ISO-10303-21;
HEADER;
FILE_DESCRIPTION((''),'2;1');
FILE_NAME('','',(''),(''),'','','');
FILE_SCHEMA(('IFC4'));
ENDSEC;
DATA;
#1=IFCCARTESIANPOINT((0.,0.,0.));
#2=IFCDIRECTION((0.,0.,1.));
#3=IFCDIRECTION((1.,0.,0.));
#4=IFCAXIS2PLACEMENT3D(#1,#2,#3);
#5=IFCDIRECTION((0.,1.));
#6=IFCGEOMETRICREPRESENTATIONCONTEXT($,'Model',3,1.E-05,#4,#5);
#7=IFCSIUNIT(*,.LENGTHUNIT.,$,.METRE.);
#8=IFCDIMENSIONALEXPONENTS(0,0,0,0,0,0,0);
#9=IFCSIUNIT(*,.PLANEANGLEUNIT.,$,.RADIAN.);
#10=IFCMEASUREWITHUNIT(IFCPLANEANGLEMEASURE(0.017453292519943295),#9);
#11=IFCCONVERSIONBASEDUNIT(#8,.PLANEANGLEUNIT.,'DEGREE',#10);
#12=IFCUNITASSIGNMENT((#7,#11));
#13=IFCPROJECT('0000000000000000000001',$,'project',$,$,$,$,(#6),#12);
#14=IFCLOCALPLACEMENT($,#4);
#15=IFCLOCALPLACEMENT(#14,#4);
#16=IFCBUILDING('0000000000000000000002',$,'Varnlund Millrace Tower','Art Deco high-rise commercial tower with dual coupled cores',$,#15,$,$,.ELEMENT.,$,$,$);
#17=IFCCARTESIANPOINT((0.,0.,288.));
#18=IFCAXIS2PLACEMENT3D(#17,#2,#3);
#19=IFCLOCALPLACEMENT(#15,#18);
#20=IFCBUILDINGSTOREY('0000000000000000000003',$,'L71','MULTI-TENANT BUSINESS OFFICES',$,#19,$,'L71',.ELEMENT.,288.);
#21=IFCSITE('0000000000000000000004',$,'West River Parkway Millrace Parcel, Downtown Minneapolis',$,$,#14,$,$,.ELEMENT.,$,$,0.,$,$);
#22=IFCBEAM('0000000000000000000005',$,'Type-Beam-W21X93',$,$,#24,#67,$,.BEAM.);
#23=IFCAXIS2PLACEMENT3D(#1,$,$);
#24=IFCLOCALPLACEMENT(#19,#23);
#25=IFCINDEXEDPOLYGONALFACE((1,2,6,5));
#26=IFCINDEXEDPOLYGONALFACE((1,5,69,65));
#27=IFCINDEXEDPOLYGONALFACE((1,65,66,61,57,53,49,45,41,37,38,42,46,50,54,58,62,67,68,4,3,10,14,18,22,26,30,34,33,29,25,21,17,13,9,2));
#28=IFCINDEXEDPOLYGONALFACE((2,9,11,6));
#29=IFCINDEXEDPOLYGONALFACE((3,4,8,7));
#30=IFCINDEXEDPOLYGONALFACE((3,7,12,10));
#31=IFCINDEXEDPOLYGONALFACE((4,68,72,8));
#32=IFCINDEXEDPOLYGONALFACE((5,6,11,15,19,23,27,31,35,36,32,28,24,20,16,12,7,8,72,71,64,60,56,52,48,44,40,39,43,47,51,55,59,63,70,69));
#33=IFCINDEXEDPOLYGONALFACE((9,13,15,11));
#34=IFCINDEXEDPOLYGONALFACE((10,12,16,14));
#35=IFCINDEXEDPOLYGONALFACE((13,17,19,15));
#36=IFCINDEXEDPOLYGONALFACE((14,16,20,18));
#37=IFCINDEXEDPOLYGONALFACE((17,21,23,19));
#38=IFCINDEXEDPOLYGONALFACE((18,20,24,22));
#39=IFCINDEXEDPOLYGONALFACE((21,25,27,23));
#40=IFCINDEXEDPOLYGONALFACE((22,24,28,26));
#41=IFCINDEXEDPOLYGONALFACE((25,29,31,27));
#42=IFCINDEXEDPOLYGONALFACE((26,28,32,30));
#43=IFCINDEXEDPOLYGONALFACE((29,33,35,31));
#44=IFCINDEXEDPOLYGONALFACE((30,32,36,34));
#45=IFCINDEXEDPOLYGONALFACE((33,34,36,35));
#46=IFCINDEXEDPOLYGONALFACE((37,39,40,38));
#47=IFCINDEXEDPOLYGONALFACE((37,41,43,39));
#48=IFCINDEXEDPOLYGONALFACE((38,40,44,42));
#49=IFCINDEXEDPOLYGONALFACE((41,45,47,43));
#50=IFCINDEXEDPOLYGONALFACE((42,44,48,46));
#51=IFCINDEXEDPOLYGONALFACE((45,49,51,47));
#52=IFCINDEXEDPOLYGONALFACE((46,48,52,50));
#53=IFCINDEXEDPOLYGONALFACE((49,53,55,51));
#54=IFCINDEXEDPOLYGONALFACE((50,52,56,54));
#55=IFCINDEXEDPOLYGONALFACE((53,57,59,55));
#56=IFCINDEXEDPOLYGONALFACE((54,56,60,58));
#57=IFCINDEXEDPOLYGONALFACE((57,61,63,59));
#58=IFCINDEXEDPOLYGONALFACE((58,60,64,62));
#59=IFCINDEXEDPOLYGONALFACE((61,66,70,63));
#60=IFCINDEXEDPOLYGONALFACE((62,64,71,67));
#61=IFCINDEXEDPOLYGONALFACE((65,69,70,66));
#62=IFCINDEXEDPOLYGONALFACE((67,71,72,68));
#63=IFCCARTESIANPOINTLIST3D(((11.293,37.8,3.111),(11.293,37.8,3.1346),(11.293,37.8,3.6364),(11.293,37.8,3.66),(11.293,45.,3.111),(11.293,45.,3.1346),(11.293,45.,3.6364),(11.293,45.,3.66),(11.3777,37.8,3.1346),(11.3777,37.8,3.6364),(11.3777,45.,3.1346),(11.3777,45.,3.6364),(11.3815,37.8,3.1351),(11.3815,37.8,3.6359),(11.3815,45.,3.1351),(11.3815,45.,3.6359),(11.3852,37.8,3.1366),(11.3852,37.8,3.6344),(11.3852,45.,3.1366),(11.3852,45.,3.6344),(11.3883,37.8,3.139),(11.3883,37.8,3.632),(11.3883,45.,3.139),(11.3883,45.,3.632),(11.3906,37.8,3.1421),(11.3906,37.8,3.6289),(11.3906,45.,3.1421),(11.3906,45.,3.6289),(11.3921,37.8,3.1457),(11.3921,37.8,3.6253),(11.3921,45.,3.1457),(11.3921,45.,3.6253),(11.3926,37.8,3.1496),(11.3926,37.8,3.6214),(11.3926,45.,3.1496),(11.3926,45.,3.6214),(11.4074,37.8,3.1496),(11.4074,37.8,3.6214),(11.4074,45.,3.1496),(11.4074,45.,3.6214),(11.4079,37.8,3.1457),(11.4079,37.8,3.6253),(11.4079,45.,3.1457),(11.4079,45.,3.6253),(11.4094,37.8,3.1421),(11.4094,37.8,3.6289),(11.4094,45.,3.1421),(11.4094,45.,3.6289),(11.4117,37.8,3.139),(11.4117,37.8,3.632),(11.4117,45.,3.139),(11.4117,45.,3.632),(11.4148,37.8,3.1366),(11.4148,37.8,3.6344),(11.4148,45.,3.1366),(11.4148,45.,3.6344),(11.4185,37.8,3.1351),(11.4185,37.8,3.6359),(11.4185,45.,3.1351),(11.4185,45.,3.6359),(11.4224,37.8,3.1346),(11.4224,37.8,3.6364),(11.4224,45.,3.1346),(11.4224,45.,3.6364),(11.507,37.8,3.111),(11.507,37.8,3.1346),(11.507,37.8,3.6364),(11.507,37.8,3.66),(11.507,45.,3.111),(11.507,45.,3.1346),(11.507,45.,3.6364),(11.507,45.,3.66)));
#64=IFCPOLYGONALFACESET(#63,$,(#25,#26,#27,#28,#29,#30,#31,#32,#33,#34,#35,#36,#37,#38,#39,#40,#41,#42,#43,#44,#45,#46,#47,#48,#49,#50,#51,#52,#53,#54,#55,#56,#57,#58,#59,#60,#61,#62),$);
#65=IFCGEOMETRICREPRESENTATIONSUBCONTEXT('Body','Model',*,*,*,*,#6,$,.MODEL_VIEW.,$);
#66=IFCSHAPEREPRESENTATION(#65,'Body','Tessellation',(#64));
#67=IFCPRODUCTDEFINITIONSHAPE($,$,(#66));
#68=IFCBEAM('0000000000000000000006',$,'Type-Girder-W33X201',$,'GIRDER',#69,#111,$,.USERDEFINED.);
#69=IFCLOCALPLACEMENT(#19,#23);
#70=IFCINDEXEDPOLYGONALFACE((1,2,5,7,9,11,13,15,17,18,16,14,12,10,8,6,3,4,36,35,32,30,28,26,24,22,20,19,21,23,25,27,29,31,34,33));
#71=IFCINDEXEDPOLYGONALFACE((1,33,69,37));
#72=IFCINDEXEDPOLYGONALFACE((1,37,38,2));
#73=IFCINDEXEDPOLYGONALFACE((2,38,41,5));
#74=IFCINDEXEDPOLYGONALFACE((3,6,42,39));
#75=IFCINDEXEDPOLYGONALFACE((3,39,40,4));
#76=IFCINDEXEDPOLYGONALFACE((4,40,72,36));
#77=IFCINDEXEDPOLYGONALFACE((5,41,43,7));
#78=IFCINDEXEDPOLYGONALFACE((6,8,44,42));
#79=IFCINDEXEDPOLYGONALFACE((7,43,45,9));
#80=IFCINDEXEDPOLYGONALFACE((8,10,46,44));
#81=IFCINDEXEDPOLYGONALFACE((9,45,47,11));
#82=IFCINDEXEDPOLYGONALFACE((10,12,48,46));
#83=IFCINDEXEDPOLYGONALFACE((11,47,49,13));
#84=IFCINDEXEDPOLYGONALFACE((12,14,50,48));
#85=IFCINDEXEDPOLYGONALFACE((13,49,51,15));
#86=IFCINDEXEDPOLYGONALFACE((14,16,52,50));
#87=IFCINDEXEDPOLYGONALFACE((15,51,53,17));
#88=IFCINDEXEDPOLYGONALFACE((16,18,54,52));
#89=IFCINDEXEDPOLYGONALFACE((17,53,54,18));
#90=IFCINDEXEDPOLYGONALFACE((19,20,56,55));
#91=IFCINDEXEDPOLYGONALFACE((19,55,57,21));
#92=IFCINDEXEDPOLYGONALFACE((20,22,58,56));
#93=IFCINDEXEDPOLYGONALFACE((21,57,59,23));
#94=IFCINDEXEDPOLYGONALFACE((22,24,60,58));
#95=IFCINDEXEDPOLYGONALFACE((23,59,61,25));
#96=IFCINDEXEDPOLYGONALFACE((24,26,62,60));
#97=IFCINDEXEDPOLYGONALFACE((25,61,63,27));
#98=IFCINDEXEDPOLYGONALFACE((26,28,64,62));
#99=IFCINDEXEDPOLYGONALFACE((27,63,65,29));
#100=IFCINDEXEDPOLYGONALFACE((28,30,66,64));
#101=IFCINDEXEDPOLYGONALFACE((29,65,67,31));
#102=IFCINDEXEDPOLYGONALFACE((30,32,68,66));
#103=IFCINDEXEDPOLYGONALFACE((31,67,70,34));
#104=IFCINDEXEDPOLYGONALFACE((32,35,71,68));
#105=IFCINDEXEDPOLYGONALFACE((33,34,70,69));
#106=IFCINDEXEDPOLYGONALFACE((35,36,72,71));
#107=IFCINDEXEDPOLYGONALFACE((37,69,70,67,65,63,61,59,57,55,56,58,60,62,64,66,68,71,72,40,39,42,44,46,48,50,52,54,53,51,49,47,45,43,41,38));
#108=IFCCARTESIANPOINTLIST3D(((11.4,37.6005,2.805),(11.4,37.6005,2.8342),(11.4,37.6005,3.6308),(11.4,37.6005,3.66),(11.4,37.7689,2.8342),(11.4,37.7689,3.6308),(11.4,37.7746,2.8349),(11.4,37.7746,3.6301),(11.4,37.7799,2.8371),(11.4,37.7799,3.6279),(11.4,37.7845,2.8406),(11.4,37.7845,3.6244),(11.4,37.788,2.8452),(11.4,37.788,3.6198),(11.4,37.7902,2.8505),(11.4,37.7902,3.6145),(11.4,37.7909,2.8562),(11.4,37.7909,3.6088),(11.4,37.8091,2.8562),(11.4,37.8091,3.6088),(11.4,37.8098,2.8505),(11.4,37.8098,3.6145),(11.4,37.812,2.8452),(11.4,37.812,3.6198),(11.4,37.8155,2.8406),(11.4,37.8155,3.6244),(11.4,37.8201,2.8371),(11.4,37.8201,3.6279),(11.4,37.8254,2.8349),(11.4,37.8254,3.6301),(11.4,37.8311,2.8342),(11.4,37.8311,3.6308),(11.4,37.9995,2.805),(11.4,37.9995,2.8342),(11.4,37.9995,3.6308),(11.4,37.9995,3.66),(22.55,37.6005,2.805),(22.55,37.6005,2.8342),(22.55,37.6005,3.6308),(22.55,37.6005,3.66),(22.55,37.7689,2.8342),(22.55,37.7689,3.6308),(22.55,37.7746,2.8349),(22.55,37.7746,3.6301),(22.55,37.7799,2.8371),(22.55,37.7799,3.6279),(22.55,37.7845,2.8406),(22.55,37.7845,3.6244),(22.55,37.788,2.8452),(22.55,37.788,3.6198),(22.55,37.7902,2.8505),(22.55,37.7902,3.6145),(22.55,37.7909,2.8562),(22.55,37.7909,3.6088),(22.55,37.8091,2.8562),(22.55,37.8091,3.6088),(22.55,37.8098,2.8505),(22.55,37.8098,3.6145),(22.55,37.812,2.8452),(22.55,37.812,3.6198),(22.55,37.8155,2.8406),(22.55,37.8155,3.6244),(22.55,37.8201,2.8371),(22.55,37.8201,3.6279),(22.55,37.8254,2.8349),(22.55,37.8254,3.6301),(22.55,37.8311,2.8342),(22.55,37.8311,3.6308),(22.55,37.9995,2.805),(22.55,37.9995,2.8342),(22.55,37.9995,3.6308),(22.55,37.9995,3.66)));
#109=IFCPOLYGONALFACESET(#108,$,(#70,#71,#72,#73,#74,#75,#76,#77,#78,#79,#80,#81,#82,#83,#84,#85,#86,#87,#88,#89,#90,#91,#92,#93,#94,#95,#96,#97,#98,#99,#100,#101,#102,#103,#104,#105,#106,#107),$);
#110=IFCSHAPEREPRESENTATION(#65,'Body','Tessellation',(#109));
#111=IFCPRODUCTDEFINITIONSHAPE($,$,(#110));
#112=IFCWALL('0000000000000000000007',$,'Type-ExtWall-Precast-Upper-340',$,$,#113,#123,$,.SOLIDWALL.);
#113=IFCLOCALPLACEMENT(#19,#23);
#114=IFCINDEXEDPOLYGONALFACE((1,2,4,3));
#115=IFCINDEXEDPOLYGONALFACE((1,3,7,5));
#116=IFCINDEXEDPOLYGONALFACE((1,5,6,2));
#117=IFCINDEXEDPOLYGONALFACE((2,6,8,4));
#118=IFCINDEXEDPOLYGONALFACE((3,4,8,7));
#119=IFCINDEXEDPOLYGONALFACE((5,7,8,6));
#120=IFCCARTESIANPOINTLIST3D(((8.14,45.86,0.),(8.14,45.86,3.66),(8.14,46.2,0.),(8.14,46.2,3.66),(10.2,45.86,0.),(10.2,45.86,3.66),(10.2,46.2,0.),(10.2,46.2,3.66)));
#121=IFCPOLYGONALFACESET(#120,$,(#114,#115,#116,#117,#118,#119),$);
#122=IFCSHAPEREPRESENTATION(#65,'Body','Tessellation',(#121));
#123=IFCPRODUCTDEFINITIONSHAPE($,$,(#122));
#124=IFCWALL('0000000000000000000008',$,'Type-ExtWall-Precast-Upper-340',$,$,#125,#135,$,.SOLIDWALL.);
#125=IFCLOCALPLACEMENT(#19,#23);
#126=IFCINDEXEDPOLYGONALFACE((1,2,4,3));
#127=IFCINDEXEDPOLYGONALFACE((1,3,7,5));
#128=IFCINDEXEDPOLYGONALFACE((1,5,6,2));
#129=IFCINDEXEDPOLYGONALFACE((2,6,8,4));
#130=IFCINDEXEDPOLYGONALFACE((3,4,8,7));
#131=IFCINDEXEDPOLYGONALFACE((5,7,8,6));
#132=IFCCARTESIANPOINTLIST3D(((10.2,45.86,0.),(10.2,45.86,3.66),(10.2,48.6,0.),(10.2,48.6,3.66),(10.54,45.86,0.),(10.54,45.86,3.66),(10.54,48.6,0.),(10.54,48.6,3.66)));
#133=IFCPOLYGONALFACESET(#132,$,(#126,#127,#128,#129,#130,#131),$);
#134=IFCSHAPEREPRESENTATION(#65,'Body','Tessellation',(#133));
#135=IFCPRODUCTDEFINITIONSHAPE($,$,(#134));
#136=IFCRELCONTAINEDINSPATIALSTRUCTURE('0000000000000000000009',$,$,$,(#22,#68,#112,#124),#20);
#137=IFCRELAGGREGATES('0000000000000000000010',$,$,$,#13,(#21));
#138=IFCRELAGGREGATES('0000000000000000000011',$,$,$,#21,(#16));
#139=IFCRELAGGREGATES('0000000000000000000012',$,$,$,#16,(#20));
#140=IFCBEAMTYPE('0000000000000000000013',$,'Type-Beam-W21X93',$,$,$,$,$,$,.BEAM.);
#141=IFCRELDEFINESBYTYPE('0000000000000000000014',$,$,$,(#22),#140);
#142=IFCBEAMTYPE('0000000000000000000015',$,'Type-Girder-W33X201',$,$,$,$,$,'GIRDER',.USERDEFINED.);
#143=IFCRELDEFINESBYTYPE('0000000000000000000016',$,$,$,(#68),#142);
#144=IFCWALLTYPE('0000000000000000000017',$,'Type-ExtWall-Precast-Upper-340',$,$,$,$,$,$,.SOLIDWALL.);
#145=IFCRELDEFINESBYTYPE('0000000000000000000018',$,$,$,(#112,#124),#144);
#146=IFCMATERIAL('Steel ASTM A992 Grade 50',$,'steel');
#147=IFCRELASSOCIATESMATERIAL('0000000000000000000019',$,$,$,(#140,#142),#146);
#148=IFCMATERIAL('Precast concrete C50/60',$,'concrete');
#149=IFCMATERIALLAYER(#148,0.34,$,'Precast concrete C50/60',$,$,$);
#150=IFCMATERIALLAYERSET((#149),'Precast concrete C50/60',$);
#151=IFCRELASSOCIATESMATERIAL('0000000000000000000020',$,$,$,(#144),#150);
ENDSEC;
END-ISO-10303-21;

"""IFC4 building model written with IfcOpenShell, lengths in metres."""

from ifc_helpers import new_model, entity, si_unit, converted_unit, direction, frame, origin_with_axes, origin_2d_with_axis, place, context, subcontext, project, spatial, polyline, i_section, outline, extrude, material, layer, layer_set, material_profile, profile_set, type_object, element, save


model = new_model("IFC4")

# Units and contexts
model_context = context("Model", 3, precision=1e-05, world=origin_with_axes(), true_north=direction((0.0, 1.0)))
body_context = subcontext(model_context, "Body", "Model", "MODEL_VIEW")
ifc_project = project(units=[si_unit("LENGTHUNIT", "METRE"), converted_unit("PLANEANGLEUNIT", "DEGREE", entity("IfcPlaneAngleMeasure", 0.017453292519943295), si_unit("PLANEANGLEUNIT", "RADIAN"), dimensions=[0, 0, 0, 0, 0, 0, 0])], contexts=[model_context])

# Site, building, storey
site_placement = place(None, origin_with_axes())
site = spatial("IfcSite", under=ifc_project, at=site_placement, Name="West River Parkway Millrace Parcel, Downtown Minneapolis", CompositionType="ELEMENT", RefElevation=0.0)
building_placement = place(site_placement, origin_with_axes())
building = spatial("IfcBuilding", under=site, at=building_placement, Name="Varnlund Millrace Tower", Description="Art Deco high-rise commercial tower with dual coupled cores", CompositionType="ELEMENT")
storey_placement = place(building_placement, frame((0.0, 0.0, 288.0), z_axis=(0.0, 0.0, 1.0), x_axis=(1.0, 0.0, 0.0)))
storey = spatial("IfcBuildingStorey", under=building, at=storey_placement, Name="L71", Description="MULTI-TENANT BUSINESS OFFICES", LongName="L71", CompositionType="ELEMENT", Elevation=288.0)

# Beams
ifc_material_1 = material(Name="Steel ASTM A992 Grade 50", Category="steel")
ifc_material_profile_1 = material_profile(ifc_material_1, i_section(OverallWidth=0.214, OverallDepth=0.549, WebThickness=0.0147, FlangeThickness=0.0236, FilletRadius=0.015, at=origin_2d_with_axis()), Name="Steel ASTM A992 Grade 50")
ifc_profile_set_1 = profile_set([ifc_material_profile_1], Name="Steel ASTM A992 Grade 50")
beam_type_1 = type_object("IfcBeamType", Name="Type-Beam-W21X93", PredefinedType="BEAM", material=ifc_profile_set_1)
beam_1_placement = place(storey_placement, frame((11.4, 37.8, 3.3855), z_axis=(0.0, 1.0, 0.0), x_axis=(-1.0, 0.0, 0.0)))
element("IfcBeam", 1, at=beam_1_placement, inside=storey, type_object=beam_type_1, Name="Type-Beam-W21X93", PredefinedType="BEAM", context=body_context, shape_type="SweptSolid", body=[
    extrude(i_section(OverallWidth=0.214, OverallDepth=0.549, WebThickness=0.0147, FlangeThickness=0.0236, FilletRadius=0.015, at=origin_2d_with_axis()), origin_with_axes(), (0.0, 0.0, 1.0), 7.2),
])
ifc_material_profile_2 = material_profile(ifc_material_1, i_section(OverallWidth=0.399, OverallDepth=0.855, WebThickness=0.0182, FlangeThickness=0.0292, FilletRadius=0.022, at=origin_2d_with_axis()), Name="Steel ASTM A992 Grade 50")
ifc_profile_set_2 = profile_set([ifc_material_profile_2], Name="Steel ASTM A992 Grade 50")
beam_type_2 = type_object("IfcBeamType", Name="Type-Girder-W33X201", ElementType="GIRDER", PredefinedType="USERDEFINED", material=ifc_profile_set_2)
beam_2_placement = place(storey_placement, frame((11.4, 37.8, 3.2325), z_axis=(1.0, 0.0, 0.0), x_axis=(0.0, 1.0, 0.0)))
element("IfcBeam", 2, at=beam_2_placement, inside=storey, type_object=beam_type_2, Name="Type-Girder-W33X201", ObjectType="GIRDER", PredefinedType="USERDEFINED", context=body_context, shape_type="SweptSolid", body=[
    extrude(i_section(OverallWidth=0.399, OverallDepth=0.855, WebThickness=0.0182, FlangeThickness=0.0292, FilletRadius=0.022, at=origin_2d_with_axis()), origin_with_axes(), (0.0, 0.0, 1.0), 11.15),
])

# Walls
ifc_material_2 = material(Name="Precast concrete C50/60", Category="concrete")
ifc_layer_1 = layer(ifc_material_2, 0.34, Name="Precast concrete C50/60")
ifc_layer_set_1 = layer_set([ifc_layer_1], Name="Precast concrete C50/60")
wall_type_1 = type_object("IfcWallType", Name="Type-ExtWall-Precast-Upper-340", PredefinedType="SOLIDWALL", material=ifc_layer_set_1)
wall_1_placement = place(storey_placement, frame((8.14, 46.03, 0.0), z_axis=(0.0, 0.0, 1.0), x_axis=(1.0, 0.0, 0.0)))
element("IfcWall", 3, at=wall_1_placement, inside=storey, type_object=wall_type_1, Name="Type-ExtWall-Precast-Upper-340", PredefinedType="SOLIDWALL", context=body_context, shape_type="SweptSolid", body=[
    extrude(outline(polyline([(0.0, -0.17), (2.06, -0.17), (2.06, 0.17), (0.0, 0.17), (0.0, -0.17)])), origin_with_axes(), (0.0, 0.0, 1.0), 3.66),
])
wall_2_placement = place(storey_placement, frame((10.37, 45.86, 0.0), z_axis=(0.0, 0.0, 1.0), x_axis=(0.0, 1.0, 0.0)))
element("IfcWall", 4, at=wall_2_placement, inside=storey, type_object=wall_type_1, Name="Type-ExtWall-Precast-Upper-340", PredefinedType="SOLIDWALL", context=body_context, shape_type="SweptSolid", body=[
    extrude(outline(polyline([(0.0, -0.17), (2.74, -0.17), (2.74, 0.17), (0.0, 0.17), (0.0, -0.17)])), origin_with_axes(), (0.0, 0.0, 1.0), 3.66),
])

save(model, "model.ifc")
